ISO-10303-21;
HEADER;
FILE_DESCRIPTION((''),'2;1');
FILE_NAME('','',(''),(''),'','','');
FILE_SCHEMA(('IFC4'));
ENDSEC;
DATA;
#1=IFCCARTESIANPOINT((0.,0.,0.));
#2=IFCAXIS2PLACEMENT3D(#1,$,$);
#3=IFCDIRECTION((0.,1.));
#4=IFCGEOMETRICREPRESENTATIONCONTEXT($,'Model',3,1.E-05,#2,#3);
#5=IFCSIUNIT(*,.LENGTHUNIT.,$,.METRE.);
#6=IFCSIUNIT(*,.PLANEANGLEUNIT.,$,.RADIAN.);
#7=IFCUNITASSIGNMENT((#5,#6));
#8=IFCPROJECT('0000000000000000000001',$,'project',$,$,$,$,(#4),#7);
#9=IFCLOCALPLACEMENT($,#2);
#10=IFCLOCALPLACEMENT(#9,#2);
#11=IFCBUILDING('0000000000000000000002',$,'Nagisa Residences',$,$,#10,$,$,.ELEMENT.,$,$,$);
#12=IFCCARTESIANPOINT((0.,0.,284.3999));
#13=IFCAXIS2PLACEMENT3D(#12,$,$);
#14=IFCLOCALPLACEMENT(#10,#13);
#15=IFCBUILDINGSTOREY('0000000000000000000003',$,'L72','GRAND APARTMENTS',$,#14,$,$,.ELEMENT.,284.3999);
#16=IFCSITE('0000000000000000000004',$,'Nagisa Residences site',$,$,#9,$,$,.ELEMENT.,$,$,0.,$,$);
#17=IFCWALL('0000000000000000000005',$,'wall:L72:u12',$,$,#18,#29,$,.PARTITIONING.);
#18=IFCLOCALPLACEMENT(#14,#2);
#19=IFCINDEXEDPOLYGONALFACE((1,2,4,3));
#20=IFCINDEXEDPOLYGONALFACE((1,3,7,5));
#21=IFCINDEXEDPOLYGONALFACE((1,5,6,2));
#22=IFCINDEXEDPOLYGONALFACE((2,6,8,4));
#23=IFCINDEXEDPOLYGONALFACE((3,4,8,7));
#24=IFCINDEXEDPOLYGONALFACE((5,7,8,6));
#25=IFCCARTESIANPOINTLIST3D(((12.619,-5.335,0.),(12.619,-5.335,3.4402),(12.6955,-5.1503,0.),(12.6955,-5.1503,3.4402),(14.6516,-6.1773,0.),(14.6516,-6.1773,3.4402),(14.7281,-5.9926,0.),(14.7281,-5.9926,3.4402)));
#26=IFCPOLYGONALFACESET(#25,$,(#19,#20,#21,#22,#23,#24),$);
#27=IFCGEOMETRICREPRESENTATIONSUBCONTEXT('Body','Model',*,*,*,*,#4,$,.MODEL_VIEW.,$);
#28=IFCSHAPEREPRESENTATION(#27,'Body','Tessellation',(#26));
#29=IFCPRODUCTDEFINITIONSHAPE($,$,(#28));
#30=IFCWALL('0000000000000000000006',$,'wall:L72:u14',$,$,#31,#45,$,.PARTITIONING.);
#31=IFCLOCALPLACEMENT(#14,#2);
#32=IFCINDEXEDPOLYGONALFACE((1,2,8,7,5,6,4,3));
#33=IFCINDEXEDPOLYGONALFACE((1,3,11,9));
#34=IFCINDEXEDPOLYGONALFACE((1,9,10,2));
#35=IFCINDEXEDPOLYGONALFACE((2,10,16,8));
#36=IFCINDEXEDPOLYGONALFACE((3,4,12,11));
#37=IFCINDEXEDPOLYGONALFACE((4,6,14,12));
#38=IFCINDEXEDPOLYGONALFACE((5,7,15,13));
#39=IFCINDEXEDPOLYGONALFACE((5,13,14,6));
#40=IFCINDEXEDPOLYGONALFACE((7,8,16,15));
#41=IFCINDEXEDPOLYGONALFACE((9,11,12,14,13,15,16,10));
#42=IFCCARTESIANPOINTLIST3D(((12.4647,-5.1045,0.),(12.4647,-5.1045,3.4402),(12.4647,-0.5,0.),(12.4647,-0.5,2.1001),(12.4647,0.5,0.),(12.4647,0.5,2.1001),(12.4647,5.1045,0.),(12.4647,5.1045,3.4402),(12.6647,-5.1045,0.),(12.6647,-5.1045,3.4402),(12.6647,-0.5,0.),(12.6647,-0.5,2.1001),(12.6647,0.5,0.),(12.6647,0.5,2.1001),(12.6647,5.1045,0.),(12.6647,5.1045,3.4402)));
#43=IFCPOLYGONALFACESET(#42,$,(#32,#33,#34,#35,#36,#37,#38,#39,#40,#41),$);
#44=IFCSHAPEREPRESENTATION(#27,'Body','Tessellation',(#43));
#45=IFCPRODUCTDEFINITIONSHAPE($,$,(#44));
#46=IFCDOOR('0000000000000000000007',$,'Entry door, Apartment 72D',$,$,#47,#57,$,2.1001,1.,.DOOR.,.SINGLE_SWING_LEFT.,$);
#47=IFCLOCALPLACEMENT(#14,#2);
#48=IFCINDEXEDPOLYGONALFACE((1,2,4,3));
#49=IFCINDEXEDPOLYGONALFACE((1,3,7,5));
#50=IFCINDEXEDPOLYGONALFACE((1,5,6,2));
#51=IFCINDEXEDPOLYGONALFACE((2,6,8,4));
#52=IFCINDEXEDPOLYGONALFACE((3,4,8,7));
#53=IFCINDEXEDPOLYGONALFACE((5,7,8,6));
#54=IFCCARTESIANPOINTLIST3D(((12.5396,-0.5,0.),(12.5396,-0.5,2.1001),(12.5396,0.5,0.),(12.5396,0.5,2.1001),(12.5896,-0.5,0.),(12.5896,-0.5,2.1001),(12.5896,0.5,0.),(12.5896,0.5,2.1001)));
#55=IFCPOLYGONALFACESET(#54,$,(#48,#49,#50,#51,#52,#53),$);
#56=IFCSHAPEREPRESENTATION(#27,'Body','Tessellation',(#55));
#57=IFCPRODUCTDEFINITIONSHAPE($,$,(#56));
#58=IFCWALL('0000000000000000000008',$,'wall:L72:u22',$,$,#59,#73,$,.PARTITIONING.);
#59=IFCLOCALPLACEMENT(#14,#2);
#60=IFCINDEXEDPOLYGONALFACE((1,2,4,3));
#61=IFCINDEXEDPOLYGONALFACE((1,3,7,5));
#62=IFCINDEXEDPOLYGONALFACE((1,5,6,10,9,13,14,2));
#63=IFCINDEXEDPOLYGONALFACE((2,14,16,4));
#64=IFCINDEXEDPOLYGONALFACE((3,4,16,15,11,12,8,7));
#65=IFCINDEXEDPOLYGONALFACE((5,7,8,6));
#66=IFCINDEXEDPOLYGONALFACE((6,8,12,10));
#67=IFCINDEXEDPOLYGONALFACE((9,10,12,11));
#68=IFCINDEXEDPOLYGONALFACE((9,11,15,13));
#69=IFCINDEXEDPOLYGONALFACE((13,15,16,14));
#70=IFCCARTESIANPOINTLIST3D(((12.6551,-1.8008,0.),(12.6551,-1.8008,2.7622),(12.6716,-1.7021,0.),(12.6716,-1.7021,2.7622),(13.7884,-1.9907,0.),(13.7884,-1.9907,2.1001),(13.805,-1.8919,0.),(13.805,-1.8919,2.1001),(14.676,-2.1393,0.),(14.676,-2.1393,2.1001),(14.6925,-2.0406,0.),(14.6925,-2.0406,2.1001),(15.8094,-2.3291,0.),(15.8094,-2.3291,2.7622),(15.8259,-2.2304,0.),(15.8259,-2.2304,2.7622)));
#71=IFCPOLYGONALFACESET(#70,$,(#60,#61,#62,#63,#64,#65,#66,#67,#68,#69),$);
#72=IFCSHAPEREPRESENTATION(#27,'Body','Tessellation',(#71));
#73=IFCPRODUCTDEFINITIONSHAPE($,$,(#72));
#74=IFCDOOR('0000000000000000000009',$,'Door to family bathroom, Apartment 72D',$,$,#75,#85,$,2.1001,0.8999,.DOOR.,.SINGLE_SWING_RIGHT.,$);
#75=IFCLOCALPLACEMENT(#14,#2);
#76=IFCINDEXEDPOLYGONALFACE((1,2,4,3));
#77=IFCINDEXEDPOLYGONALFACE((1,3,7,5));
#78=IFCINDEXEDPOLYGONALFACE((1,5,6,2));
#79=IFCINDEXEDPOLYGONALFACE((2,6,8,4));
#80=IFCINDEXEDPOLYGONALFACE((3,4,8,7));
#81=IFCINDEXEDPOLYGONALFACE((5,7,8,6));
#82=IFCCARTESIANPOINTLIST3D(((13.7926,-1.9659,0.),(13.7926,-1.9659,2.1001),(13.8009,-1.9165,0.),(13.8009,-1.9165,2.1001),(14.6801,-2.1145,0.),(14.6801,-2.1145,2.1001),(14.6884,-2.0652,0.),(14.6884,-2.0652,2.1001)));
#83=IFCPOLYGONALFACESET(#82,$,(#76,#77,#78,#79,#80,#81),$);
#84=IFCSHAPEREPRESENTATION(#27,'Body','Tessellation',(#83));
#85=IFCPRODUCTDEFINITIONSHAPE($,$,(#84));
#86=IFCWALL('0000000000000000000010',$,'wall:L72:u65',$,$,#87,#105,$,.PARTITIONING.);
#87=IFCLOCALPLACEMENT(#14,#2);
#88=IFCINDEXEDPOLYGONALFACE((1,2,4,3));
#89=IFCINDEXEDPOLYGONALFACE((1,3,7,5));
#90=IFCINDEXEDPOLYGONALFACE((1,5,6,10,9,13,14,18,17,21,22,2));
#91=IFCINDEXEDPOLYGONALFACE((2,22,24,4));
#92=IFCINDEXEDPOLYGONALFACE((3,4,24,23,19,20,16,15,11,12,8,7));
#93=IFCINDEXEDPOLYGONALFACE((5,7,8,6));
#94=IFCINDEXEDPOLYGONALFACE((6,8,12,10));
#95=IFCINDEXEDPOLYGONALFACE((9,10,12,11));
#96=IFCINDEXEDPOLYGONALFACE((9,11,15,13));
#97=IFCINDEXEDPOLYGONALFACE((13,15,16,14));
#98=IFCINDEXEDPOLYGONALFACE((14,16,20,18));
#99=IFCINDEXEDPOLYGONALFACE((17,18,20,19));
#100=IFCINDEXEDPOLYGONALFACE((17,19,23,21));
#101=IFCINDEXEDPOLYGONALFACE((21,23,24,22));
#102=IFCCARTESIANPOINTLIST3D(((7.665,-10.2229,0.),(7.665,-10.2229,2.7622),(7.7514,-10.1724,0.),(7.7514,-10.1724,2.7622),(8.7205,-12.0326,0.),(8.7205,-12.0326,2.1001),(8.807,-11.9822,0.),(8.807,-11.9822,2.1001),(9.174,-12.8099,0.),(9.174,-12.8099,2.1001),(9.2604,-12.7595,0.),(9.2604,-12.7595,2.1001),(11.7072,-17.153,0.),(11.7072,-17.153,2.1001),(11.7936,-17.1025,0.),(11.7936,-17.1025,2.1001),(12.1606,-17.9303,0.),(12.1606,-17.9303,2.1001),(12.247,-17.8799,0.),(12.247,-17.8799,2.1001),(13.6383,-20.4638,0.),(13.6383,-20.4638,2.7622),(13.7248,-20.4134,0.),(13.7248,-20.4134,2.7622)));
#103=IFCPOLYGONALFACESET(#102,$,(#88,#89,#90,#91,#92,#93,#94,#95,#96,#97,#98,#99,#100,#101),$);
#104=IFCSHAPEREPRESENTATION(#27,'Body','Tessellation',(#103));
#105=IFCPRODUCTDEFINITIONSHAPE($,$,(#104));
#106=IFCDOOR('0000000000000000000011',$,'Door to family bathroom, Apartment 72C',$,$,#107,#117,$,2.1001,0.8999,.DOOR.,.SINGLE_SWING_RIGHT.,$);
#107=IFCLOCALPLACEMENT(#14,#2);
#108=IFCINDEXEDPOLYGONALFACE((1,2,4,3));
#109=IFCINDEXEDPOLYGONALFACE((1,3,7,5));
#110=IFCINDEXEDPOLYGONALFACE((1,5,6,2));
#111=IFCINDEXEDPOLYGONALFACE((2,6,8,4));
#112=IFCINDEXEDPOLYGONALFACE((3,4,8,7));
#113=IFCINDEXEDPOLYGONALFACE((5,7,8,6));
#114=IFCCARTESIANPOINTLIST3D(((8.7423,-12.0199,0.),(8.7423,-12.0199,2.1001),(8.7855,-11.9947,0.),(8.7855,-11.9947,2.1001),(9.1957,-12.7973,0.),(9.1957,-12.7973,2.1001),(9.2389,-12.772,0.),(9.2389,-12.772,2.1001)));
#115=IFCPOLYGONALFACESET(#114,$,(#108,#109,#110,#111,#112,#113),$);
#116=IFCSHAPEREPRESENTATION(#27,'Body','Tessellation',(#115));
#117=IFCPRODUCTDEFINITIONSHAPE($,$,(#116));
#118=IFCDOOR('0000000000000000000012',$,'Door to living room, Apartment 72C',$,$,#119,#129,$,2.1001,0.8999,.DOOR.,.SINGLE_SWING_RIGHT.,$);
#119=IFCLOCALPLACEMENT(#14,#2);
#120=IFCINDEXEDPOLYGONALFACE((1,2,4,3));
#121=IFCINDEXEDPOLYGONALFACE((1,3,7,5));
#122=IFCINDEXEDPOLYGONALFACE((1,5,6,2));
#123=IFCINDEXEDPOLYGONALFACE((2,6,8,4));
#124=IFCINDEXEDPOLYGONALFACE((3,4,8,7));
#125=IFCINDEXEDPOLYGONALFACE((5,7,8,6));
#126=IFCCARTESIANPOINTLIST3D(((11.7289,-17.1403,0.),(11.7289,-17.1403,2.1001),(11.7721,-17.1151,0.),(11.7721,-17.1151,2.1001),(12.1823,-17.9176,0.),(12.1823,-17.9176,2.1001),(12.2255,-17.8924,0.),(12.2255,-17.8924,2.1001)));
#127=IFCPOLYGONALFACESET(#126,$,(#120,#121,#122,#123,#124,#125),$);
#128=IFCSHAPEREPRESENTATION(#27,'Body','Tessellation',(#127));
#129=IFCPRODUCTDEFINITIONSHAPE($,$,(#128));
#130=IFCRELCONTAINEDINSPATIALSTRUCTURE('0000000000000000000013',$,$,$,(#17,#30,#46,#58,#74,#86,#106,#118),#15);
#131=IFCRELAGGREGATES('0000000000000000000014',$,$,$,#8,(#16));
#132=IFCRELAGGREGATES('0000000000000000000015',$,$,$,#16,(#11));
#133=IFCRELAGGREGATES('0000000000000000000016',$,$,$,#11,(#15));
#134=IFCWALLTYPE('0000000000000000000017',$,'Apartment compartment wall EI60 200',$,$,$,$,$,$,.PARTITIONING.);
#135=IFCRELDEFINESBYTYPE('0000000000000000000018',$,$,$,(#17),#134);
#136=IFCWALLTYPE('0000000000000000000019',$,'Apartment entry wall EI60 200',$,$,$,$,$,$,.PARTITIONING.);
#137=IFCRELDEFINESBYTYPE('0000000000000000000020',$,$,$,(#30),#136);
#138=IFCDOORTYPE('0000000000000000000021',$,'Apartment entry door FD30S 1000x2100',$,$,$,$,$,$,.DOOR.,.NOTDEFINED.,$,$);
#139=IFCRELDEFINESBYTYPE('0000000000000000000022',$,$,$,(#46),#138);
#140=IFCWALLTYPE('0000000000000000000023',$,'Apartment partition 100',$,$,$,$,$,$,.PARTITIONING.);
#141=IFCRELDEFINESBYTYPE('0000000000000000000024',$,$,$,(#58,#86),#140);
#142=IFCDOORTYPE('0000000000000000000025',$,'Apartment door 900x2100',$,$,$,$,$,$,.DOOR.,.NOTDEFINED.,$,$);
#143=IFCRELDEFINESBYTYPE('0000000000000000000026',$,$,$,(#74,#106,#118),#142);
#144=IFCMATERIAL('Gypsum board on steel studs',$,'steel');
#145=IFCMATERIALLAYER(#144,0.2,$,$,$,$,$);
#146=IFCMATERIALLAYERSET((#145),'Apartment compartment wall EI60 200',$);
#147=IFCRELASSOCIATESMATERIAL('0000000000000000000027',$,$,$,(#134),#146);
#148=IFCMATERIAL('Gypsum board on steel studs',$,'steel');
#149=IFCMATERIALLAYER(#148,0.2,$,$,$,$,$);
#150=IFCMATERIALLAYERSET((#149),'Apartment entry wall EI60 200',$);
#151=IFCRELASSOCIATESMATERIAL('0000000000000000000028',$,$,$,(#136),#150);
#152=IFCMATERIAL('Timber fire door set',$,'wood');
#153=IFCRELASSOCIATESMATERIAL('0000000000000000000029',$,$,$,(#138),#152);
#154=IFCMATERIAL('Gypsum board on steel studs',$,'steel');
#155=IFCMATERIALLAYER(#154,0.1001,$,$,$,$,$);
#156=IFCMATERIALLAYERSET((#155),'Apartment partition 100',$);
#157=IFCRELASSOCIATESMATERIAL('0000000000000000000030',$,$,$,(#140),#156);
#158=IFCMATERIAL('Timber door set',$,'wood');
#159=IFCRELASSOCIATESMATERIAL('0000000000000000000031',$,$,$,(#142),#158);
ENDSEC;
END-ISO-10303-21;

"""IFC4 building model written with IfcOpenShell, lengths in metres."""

from ifc_helpers import new_model, si_unit, direction, frame, frame_2d, origin, place, context, subcontext, project, spatial, rectangle, extrude, material, layer, layer_set, type_object, element, fill, save


model = new_model("IFC4")

# Units and contexts
model_context = context("Model", 3, precision=1e-05, world=origin(), true_north=direction((0.0, 1.0)))
body_context = subcontext(model_context, "Body", "Model", "MODEL_VIEW")
ifc_project = project(units=[si_unit("LENGTHUNIT", "METRE"), si_unit("PLANEANGLEUNIT", "RADIAN")], contexts=[model_context])

# Site, building, storey
site_placement = place(None, origin())
site = spatial("IfcSite", under=ifc_project, at=site_placement, Name="Nagisa Residences site", CompositionType="ELEMENT", RefElevation=0.0)
building_placement = place(site_placement, origin())
building = spatial("IfcBuilding", under=site, at=building_placement, Name="Nagisa Residences", CompositionType="ELEMENT")
storey_placement = place(building_placement, frame((0.0, 0.0, 284.3999)))
storey = spatial("IfcBuildingStorey", under=building, at=storey_placement, Name="L72", Description="GRAND APARTMENTS", CompositionType="ELEMENT", Elevation=284.3999)

# Wall
ifc_material_1 = material(Name="Gypsum board on steel studs", Category="steel")
ifc_layer_1 = layer(ifc_material_1, 0.2)
ifc_layer_set_1 = layer_set([ifc_layer_1], Name="Apartment compartment wall EI60 200")
wall_type_1 = type_object("IfcWallType", Name="Apartment compartment wall EI60 200", PredefinedType="PARTITIONING", material=ifc_layer_set_1)
wall_1_placement = place(storey_placement, frame((12.6572, -5.2427, 0.0), z_axis=(0.0, 0.0, 1.0), x_axis=(0.92383, -0.382803, 0.0)))
element("IfcWall", 1, at=wall_1_placement, inside=storey, type_object=wall_type_1, Name="wall:L72:u12", PredefinedType="PARTITIONING", context=body_context, shape_type="SweptSolid", body=[
    extrude(rectangle(XDim=2.2002, YDim=0.2, at=frame_2d((1.1001, 0.0))), origin(), (0.0, 0.0, 1.0), 3.4402),
])

# Walls, openings, doors
ifc_material_2 = material(Name="Gypsum board on steel studs", Category="steel")
ifc_layer_2 = layer(ifc_material_2, 0.2)
ifc_layer_set_2 = layer_set([ifc_layer_2], Name="Apartment entry wall EI60 200")
wall_type_2 = type_object("IfcWallType", Name="Apartment entry wall EI60 200", PredefinedType="PARTITIONING", material=ifc_layer_set_2)
wall_2_placement = place(storey_placement, frame((12.5647, -5.1045, 0.0), z_axis=(0.0, 0.0, 1.0), x_axis=(0.0, 1.0, 0.0)))
wall_2 = element("IfcWall", 2, at=wall_2_placement, inside=storey, type_object=wall_type_2, Name="wall:L72:u14", PredefinedType="PARTITIONING", context=body_context, shape_type="SweptSolid", body=[
    extrude(rectangle(XDim=10.209, YDim=0.2, at=frame_2d((5.1045, 0.0))), origin(), (0.0, 0.0, 1.0), 3.4402),
])
opening_1_placement = place(wall_2_placement, frame((4.6045, 0.0, 0.0)))
opening_1 = element("IfcOpeningElement", 3, at=opening_1_placement, cuts=wall_2, PredefinedType="OPENING", context=body_context, shape_type="SweptSolid", body=[
    extrude(rectangle(XDim=1.0, YDim=2.1001, at=frame_2d((0.5, 1.05))), frame((0.0, 0.1099, 0.0), z_axis=(0.0, -1.0, 0.0), x_axis=(1.0, 0.0, 0.0)), (0.0, 0.0, 1.0), 0.22),
])
ifc_material_3 = material(Name="Timber fire door set", Category="wood")
door_type_1 = type_object("IfcDoorType", Name="Apartment entry door FD30S 1000x2100", OperationType="NOTDEFINED", PredefinedType="DOOR", material=ifc_material_3)
door_1_placement = place(opening_1_placement, frame((1.0, 0.0, 0.0), x_axis=(-1.0, 0.0, 0.0)))
door_1 = element("IfcDoor", 4, at=door_1_placement, inside=storey, type_object=door_type_1, Name="Entry door, Apartment 72D", OperationType="SINGLE_SWING_LEFT", OverallHeight=2.1001, OverallWidth=1.0, PredefinedType="DOOR", context=body_context, shape_type="SweptSolid", body=[
    extrude(rectangle(XDim=1.0, YDim=2.1001, at=frame_2d((0.5, 1.05))), frame((0.0, 0.0249, 0.0), z_axis=(0.0, -1.0, 0.0), x_axis=(1.0, 0.0, 0.0)), (0.0, 0.0, 1.0), 0.05),
])
fill(opening_1, door_1)
ifc_material_4 = material(Name="Gypsum board on steel studs", Category="steel")
ifc_layer_3 = layer(ifc_material_4, 0.1001)
ifc_layer_set_3 = layer_set([ifc_layer_3], Name="Apartment partition 100")
wall_type_3 = type_object("IfcWallType", Name="Apartment partition 100", PredefinedType="PARTITIONING", material=ifc_layer_set_3)
wall_3_placement = place(storey_placement, frame((12.6633, -1.7515, 0.0), z_axis=(0.0, 0.0, 1.0), x_axis=(0.986262, -0.165191, 0.0)))
wall_3 = element("IfcWall", 5, at=wall_3_placement, inside=storey, type_object=wall_type_3, Name="wall:L72:u22", PredefinedType="PARTITIONING", context=body_context, shape_type="SweptSolid", body=[
    extrude(rectangle(XDim=3.1982, YDim=0.1001, at=frame_2d((1.5991, 0.0))), origin(), (0.0, 0.0, 1.0), 2.7622),
])
opening_2_placement = place(wall_3_placement, frame((1.1492, 0.0, 0.0)))
opening_2 = element("IfcOpeningElement", 6, at=opening_2_placement, cuts=wall_3, PredefinedType="OPENING", context=body_context, shape_type="SweptSolid", body=[
    extrude(rectangle(XDim=0.8999, YDim=2.1001, at=frame_2d((0.45, 1.05))), frame((0.0, 0.0601, 0.0), z_axis=(0.0, -1.0, 0.0), x_axis=(1.0, 0.0, 0.0)), (0.0, 0.0, 1.0), 0.1201),
])
ifc_material_5 = material(Name="Timber door set", Category="wood")
door_type_2 = type_object("IfcDoorType", Name="Apartment door 900x2100", OperationType="NOTDEFINED", PredefinedType="DOOR", material=ifc_material_5)
door_2_placement = place(opening_2_placement, frame((0.8999, 0.0, 0.0), x_axis=(-1.0, 0.0, 0.0)))
door_2 = element("IfcDoor", 7, at=door_2_placement, inside=storey, type_object=door_type_2, Name="Door to family bathroom, Apartment 72D", OperationType="SINGLE_SWING_RIGHT", OverallHeight=2.1001, OverallWidth=0.8999, PredefinedType="DOOR", context=body_context, shape_type="SweptSolid", body=[
    extrude(rectangle(XDim=0.8999, YDim=2.1001, at=frame_2d((0.45, 1.05))), frame((0.0, 0.0249, 0.0), z_axis=(0.0, -1.0, 0.0), x_axis=(1.0, 0.0, 0.0)), (0.0, 0.0, 1.0), 0.05),
])
fill(opening_2, door_2)

# Wall, openings, doors
wall_4_placement = place(storey_placement, frame((7.7083, -10.1978, 0.0), z_axis=(0.0, 0.0, 1.0), x_axis=(0.503839, -0.863798, 0.0)))
wall_4 = element("IfcWall", 8, at=wall_4_placement, inside=storey, type_object=wall_type_3, Name="wall:L72:u65", PredefinedType="PARTITIONING", context=body_context, shape_type="SweptSolid", body=[
    extrude(rectangle(XDim=11.8557, YDim=0.1001, at=frame_2d((5.9277, 0.0))), origin(), (0.0, 0.0, 1.0), 2.7622),
])
opening_3_placement = place(wall_4_placement, frame((2.095, 0.0, 0.0)))
opening_3 = element("IfcOpeningElement", 9, at=opening_3_placement, cuts=wall_4, PredefinedType="OPENING", context=body_context, shape_type="SweptSolid", body=[
    extrude(rectangle(XDim=0.8999, YDim=2.1001, at=frame_2d((0.45, 1.05))), frame((0.0, 0.0601, 0.0), z_axis=(0.0, -1.0, 0.0), x_axis=(1.0, 0.0, 0.0)), (0.0, 0.0, 1.0), 0.1201),
])
opening_4_placement = place(wall_4_placement, frame((8.0227, 0.0, 0.0)))
opening_4 = element("IfcOpeningElement", 10, at=opening_4_placement, cuts=wall_4, PredefinedType="OPENING", context=body_context, shape_type="SweptSolid", body=[
    extrude(rectangle(XDim=0.8999, YDim=2.1001, at=frame_2d((0.45, 1.05))), frame((0.0, 0.0601, 0.0), z_axis=(0.0, -1.0, 0.0), x_axis=(1.0, 0.0, 0.0)), (0.0, 0.0, 1.0), 0.1201),
])
door_3_placement = place(opening_3_placement, frame((0.8999, 0.0, 0.0), x_axis=(-1.0, 0.0, 0.0)))
door_3 = element("IfcDoor", 11, at=door_3_placement, inside=storey, type_object=door_type_2, Name="Door to family bathroom, Apartment 72C", OperationType="SINGLE_SWING_RIGHT", OverallHeight=2.1001, OverallWidth=0.8999, PredefinedType="DOOR", context=body_context, shape_type="SweptSolid", body=[
    extrude(rectangle(XDim=0.8999, YDim=2.1001, at=frame_2d((0.45, 1.05))), frame((0.0, 0.0249, 0.0), z_axis=(0.0, -1.0, 0.0), x_axis=(1.0, 0.0, 0.0)), (0.0, 0.0, 1.0), 0.05),
])
fill(opening_3, door_3)
door_4_placement = place(opening_4_placement, frame((0.8999, 0.0, 0.0), x_axis=(-1.0, 0.0, 0.0)))
door_4 = element("IfcDoor", 12, at=door_4_placement, inside=storey, type_object=door_type_2, Name="Door to living room, Apartment 72C", OperationType="SINGLE_SWING_RIGHT", OverallHeight=2.1001, OverallWidth=0.8999, PredefinedType="DOOR", context=body_context, shape_type="SweptSolid", body=[
    extrude(rectangle(XDim=0.8999, YDim=2.1001, at=frame_2d((0.45, 1.05))), frame((0.0, 0.0249, 0.0), z_axis=(0.0, -1.0, 0.0), x_axis=(1.0, 0.0, 0.0)), (0.0, 0.0, 1.0), 0.05),
])
fill(opening_4, door_4)

save(model, "model.ifc")
